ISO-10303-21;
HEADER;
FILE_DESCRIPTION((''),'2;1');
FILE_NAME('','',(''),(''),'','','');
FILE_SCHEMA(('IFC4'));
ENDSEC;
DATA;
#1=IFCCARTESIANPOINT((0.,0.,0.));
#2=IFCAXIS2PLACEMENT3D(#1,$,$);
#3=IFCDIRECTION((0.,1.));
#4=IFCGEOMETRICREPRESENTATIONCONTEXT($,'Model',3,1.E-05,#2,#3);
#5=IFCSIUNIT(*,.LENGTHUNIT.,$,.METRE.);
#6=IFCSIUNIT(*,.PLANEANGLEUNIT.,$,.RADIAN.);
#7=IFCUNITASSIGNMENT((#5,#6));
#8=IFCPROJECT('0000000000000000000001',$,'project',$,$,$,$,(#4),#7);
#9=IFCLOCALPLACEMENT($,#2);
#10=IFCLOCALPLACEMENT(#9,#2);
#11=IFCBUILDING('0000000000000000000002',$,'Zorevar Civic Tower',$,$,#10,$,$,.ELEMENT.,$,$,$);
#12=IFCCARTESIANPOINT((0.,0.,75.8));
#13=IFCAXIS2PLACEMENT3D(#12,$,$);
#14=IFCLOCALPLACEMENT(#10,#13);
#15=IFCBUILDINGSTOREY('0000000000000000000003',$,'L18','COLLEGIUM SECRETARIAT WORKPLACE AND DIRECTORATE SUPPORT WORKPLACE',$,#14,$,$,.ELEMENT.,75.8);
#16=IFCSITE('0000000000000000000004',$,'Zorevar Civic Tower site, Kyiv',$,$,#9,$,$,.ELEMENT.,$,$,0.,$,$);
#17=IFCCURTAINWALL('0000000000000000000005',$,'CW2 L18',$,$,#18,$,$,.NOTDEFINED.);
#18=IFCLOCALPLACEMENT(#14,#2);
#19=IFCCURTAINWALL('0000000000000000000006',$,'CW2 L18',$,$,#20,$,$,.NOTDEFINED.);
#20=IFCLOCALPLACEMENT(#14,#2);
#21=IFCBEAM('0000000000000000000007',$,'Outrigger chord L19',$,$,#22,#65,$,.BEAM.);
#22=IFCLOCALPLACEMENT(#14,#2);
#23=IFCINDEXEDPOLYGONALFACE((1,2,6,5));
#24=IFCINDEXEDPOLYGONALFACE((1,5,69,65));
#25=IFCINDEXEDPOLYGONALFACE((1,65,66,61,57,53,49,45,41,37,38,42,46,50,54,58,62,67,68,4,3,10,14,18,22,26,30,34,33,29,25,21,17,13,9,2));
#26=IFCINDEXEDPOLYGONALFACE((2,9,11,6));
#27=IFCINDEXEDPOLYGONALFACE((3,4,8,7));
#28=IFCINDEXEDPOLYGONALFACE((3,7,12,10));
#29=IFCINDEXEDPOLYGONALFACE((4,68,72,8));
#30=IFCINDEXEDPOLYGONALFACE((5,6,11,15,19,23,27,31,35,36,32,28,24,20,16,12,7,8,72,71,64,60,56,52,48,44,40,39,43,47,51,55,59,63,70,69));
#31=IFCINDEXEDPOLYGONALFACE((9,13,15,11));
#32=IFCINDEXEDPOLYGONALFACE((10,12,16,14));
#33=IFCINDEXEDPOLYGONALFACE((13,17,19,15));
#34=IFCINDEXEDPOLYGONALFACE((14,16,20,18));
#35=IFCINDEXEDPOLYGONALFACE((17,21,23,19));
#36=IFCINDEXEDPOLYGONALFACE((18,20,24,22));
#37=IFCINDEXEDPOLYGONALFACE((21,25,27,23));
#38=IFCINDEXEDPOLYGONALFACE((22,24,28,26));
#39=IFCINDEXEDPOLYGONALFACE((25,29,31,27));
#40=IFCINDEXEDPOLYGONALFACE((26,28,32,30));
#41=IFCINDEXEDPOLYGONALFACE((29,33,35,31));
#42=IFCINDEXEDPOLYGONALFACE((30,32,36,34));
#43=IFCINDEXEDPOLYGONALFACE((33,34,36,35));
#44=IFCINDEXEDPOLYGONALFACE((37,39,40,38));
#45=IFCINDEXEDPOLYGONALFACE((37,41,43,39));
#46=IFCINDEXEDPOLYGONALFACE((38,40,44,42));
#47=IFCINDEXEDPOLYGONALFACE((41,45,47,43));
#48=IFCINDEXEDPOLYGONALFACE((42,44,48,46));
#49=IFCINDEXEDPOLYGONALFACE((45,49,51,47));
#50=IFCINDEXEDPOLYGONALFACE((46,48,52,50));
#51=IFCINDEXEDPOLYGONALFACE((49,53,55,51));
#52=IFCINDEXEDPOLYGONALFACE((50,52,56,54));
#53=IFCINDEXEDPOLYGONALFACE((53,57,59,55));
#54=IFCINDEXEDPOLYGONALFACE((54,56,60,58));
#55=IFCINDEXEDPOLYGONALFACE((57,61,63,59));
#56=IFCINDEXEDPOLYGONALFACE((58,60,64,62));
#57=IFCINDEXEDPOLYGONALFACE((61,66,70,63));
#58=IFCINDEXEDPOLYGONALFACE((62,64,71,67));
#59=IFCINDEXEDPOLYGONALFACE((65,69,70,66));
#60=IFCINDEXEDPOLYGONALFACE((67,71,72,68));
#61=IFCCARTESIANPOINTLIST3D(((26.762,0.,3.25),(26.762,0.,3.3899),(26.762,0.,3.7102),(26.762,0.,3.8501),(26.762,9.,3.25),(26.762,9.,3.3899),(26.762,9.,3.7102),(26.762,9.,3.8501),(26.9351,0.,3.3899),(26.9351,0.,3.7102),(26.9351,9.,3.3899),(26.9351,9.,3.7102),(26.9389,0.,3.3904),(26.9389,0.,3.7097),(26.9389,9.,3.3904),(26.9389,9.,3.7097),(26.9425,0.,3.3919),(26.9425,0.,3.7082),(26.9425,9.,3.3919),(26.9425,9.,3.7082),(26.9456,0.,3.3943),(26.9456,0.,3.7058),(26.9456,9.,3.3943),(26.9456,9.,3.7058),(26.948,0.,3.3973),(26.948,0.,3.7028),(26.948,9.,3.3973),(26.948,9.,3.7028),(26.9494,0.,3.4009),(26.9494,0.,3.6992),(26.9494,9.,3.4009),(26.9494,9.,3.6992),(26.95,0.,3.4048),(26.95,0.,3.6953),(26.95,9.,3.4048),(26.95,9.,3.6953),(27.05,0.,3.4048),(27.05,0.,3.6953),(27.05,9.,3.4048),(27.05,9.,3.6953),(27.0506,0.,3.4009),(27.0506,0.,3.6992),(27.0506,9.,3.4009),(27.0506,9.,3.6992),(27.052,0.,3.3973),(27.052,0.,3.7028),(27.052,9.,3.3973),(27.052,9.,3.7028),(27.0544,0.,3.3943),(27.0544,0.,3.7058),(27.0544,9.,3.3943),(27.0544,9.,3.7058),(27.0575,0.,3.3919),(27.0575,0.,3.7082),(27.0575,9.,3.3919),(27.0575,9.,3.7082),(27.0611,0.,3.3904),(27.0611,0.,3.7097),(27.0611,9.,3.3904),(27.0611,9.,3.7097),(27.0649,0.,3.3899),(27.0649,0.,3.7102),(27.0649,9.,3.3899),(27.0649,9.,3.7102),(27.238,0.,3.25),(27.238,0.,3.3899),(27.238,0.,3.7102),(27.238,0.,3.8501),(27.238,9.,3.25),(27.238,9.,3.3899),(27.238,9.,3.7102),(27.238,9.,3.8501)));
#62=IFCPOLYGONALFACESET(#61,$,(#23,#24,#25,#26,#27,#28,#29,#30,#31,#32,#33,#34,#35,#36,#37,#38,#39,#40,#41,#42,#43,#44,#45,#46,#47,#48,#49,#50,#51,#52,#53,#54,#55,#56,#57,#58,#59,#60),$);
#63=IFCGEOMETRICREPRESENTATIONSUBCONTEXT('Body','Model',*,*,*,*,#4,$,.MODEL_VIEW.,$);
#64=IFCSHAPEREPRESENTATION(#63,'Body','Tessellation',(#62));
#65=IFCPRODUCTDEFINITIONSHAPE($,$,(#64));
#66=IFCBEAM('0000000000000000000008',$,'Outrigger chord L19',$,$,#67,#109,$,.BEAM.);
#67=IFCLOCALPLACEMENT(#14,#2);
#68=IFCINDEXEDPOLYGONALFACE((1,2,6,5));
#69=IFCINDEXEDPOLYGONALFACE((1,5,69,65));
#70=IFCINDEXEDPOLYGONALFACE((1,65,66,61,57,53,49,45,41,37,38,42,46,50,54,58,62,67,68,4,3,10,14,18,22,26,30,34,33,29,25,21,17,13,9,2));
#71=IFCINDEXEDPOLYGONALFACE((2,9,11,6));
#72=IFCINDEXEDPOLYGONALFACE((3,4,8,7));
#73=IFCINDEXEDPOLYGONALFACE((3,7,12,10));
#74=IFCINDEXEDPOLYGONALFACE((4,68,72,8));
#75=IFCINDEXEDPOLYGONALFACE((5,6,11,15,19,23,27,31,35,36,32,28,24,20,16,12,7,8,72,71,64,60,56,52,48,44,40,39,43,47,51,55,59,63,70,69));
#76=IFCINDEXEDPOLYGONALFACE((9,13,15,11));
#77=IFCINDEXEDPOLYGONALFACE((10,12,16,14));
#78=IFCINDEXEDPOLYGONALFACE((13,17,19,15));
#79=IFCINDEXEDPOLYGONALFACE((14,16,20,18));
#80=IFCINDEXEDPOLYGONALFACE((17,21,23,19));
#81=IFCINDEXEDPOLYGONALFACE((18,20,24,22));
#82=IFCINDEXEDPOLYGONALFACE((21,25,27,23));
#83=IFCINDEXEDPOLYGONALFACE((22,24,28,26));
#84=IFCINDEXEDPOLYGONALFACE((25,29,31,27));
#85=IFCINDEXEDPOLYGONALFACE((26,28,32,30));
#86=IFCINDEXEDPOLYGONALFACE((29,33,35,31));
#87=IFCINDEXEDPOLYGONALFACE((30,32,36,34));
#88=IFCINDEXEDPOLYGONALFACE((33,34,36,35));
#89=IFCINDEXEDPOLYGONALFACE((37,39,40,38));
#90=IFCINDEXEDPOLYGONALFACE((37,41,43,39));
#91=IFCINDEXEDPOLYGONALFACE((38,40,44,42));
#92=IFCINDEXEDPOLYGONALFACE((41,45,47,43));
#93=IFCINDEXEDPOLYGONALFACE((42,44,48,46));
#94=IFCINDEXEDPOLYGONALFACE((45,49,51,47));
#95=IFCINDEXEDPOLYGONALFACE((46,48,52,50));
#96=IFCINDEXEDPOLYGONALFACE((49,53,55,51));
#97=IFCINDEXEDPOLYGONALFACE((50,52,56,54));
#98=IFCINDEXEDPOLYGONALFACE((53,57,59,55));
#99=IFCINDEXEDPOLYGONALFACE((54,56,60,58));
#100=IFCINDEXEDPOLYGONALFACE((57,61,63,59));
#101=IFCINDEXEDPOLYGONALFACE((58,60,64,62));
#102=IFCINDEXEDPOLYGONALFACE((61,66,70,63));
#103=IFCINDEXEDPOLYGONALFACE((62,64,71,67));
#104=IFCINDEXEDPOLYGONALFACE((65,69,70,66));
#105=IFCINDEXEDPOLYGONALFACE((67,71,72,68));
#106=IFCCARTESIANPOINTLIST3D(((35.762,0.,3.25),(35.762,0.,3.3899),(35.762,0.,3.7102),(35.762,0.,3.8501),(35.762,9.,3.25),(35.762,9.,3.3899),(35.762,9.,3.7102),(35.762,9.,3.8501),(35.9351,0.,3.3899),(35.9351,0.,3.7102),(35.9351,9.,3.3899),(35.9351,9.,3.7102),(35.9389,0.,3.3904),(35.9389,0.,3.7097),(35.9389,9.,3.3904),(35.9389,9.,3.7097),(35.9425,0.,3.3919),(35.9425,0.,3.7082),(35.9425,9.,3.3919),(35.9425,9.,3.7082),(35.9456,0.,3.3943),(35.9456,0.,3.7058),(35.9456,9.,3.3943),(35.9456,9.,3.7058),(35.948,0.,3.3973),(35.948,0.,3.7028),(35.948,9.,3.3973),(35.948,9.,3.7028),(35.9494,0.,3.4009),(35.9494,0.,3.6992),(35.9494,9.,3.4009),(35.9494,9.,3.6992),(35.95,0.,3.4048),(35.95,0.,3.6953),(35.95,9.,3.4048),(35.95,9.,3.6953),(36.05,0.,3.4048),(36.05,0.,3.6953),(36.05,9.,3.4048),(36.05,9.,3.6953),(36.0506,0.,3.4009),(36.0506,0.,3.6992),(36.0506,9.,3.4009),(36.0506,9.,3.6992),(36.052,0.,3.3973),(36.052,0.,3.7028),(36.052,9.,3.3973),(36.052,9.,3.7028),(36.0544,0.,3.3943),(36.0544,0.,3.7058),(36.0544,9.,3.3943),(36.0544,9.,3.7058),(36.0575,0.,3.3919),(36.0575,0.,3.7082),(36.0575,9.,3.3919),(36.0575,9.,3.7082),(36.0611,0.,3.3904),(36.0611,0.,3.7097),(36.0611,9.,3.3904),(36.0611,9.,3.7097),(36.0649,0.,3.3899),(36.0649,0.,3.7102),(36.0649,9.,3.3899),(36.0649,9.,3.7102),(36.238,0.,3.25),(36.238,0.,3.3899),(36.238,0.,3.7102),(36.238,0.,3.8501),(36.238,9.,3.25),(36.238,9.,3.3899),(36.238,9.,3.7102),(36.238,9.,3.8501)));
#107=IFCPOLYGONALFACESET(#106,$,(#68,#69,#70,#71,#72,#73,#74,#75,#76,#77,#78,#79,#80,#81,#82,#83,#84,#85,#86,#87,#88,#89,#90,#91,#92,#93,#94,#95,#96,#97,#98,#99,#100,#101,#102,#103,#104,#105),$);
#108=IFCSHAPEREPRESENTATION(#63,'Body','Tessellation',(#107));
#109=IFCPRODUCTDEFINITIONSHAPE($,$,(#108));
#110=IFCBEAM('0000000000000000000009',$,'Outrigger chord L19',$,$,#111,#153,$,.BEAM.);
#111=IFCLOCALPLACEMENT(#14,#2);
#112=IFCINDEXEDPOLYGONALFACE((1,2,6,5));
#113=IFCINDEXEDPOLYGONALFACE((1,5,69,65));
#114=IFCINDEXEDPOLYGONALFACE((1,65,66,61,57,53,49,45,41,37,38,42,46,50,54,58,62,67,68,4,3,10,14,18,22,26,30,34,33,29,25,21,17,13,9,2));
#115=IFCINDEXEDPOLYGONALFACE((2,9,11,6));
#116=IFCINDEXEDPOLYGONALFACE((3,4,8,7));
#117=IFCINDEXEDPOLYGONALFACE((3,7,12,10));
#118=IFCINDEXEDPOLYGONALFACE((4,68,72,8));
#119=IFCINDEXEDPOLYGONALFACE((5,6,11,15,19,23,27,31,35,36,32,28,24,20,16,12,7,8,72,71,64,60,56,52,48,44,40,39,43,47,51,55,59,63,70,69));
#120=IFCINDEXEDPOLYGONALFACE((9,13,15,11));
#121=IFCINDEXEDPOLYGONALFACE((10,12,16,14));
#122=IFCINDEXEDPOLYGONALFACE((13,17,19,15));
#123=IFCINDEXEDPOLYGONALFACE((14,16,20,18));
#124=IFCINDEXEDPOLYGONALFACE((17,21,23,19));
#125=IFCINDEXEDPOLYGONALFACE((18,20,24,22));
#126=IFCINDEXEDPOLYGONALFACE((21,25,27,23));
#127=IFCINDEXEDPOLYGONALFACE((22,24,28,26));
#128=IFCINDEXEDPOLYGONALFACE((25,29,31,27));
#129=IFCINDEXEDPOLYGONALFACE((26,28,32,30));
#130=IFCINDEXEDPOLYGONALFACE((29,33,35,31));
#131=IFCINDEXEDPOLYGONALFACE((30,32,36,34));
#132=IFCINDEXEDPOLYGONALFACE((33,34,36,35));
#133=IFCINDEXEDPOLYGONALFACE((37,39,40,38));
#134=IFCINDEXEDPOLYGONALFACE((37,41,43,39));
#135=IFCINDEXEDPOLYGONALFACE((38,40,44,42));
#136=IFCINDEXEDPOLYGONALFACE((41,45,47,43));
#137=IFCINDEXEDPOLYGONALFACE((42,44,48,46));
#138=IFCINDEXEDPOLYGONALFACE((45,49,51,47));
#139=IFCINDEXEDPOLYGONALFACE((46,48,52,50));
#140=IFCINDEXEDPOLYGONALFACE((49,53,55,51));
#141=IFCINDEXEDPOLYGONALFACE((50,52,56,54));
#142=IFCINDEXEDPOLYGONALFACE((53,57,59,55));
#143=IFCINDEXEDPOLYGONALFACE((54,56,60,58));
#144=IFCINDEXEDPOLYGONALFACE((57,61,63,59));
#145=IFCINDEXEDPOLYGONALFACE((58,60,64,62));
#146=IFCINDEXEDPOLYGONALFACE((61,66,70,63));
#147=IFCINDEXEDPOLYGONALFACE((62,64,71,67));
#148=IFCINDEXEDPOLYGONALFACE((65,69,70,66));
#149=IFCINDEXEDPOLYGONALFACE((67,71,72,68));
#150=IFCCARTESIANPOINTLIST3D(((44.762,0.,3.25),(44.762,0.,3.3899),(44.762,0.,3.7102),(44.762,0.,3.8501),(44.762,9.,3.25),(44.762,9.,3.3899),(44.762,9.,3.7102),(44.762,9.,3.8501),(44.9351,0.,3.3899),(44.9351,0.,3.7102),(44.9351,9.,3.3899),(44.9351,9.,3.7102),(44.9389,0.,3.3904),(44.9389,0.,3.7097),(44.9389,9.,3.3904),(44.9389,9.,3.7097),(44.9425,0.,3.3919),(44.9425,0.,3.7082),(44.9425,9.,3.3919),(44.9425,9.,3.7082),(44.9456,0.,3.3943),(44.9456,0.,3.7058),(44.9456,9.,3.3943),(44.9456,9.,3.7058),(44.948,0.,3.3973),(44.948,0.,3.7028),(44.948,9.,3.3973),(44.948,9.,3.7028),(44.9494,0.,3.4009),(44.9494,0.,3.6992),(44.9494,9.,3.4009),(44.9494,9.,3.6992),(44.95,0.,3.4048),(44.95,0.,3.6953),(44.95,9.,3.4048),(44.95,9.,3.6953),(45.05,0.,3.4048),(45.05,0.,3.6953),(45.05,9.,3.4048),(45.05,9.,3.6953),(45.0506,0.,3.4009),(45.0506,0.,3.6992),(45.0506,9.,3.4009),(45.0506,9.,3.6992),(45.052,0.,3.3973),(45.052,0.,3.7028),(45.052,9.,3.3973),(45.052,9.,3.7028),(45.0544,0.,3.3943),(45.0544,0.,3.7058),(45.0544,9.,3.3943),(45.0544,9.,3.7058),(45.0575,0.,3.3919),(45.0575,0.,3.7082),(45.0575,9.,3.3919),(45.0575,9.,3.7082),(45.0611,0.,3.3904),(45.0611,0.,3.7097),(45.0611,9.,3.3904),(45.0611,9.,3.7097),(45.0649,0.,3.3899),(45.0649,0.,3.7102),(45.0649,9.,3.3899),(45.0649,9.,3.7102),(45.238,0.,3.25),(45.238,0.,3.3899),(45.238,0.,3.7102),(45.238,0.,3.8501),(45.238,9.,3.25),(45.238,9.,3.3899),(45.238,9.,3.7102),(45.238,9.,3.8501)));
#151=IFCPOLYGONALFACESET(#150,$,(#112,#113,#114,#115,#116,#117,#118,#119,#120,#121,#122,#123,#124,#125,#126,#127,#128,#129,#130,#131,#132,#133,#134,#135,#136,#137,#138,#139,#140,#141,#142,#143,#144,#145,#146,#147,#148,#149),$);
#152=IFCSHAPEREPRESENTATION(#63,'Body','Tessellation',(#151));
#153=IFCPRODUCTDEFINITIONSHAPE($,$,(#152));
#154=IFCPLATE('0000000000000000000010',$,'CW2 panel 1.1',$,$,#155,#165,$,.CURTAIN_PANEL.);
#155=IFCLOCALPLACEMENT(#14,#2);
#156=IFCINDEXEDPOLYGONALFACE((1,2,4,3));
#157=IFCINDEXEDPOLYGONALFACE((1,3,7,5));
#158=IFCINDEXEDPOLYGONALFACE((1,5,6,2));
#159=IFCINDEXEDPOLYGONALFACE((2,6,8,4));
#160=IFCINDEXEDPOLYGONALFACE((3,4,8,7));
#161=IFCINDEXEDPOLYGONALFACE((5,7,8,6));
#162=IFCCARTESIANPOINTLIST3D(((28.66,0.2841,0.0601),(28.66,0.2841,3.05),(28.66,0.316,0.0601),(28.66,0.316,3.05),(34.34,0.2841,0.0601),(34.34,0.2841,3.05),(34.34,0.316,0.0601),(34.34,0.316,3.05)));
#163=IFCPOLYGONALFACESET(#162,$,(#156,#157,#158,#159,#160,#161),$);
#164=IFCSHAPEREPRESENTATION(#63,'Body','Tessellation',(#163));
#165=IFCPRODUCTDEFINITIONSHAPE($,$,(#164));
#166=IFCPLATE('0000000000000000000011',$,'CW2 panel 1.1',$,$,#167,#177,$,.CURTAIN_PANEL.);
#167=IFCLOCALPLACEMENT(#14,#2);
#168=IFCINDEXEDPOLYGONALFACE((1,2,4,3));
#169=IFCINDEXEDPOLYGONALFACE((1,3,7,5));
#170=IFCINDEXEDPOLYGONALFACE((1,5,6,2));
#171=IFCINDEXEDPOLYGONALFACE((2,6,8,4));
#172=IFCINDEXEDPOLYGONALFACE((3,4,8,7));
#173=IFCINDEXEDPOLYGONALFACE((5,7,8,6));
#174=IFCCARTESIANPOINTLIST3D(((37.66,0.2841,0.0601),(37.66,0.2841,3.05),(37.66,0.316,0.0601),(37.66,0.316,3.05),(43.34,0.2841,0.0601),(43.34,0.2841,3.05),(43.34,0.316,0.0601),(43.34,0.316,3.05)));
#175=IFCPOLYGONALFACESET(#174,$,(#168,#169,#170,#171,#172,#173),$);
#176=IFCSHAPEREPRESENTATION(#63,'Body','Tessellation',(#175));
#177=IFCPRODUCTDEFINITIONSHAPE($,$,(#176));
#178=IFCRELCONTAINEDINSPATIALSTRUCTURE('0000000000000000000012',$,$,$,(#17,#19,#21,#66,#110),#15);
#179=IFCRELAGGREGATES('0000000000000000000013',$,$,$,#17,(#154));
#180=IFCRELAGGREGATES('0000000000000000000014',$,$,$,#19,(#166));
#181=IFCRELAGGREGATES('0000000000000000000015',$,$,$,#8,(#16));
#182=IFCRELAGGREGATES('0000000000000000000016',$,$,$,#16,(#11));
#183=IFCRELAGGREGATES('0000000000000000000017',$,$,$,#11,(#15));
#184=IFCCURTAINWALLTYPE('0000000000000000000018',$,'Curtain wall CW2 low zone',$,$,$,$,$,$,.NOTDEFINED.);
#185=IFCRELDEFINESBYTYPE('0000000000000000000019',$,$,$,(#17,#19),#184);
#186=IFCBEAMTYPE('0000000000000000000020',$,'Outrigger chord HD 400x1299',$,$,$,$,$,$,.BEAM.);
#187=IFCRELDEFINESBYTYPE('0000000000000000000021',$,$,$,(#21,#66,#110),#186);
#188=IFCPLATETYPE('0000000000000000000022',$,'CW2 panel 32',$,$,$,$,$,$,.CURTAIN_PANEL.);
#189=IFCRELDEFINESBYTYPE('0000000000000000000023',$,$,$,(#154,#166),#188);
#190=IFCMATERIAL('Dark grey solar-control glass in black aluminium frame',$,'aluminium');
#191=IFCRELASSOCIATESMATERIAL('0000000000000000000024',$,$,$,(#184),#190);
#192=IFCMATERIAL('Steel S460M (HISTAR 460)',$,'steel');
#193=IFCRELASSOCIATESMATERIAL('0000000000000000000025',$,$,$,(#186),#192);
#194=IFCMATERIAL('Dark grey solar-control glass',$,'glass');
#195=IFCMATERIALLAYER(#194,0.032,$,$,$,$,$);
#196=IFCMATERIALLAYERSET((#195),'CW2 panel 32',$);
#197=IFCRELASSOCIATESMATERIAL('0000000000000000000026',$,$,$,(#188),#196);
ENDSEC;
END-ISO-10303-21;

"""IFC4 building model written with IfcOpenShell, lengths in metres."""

from ifc_helpers import new_model, si_unit, direction, frame, origin, origin_2d, place, context, subcontext, project, spatial, rectangle, i_section, extrude, material, layer, layer_set, material_profile, profile_set, type_object, element, aggregate, save


model = new_model("IFC4")

# Units and contexts
model_context = context("Model", 3, precision=1e-05, world=origin(), true_north=direction((0.0, 1.0)))
body_context = subcontext(model_context, "Body", "Model", "MODEL_VIEW")
ifc_project = project(units=[si_unit("LENGTHUNIT", "METRE"), si_unit("PLANEANGLEUNIT", "RADIAN")], contexts=[model_context])

# Site, building, storey
site_placement = place(None, origin())
site = spatial("IfcSite", under=ifc_project, at=site_placement, Name="Zorevar Civic Tower site, Kyiv", CompositionType="ELEMENT", RefElevation=0.0)
building_placement = place(site_placement, origin())
building = spatial("IfcBuilding", under=site, at=building_placement, Name="Zorevar Civic Tower", CompositionType="ELEMENT")
storey_placement = place(building_placement, frame((0.0, 0.0, 75.8)))
storey = spatial("IfcBuildingStorey", under=building, at=storey_placement, Name="L18", Description="COLLEGIUM SECRETARIAT WORKPLACE AND DIRECTORATE SUPPORT WORKPLACE", CompositionType="ELEMENT", Elevation=75.8)

# Curtain walls
ifc_material_1 = material(Name="Dark grey solar-control glass in black aluminium frame", Category="aluminium")
curtain_wall_type = type_object("IfcCurtainWallType", Name="Curtain wall CW2 low zone", PredefinedType="NOTDEFINED", material=ifc_material_1)
curtain_wall_1_placement = place(storey_placement, origin())
curtain_wall_1 = element("IfcCurtainWall", 1, at=curtain_wall_1_placement, inside=storey, type_object=curtain_wall_type, Name="CW2 L18", PredefinedType="NOTDEFINED")
curtain_wall_2_placement = place(storey_placement, origin())
curtain_wall_2 = element("IfcCurtainWall", 2, at=curtain_wall_2_placement, inside=storey, type_object=curtain_wall_type, Name="CW2 L18", PredefinedType="NOTDEFINED")

# Beams
ifc_material_2 = material(Name="Steel S460M (HISTAR 460)", Category="steel")
ifc_material_profile_1 = material_profile(ifc_material_2, i_section(OverallWidth=0.4761, OverallDepth=0.6001, WebThickness=0.1001, FlangeThickness=0.1399, FilletRadius=0.0149, at=origin_2d()), Name="HD 400x1299")
ifc_profile_set_1 = profile_set([ifc_material_profile_1], Name="Steel S460M (HISTAR 460)")
beam_type_1 = type_object("IfcBeamType", Name="Outrigger chord HD 400x1299", PredefinedType="BEAM", material=ifc_profile_set_1)
for number, where, z_axis, x_axis, name in (
    (3, (27.0, 0.0, 3.55), (0.0, 1.0, 0.0), (-1.0, 0.0, 0.0), "Outrigger chord L19"),
    (4, (36.0, 0.0, 3.55), (0.0, 1.0, 0.0), (-1.0, 0.0, 0.0), "Outrigger chord L19"),
    (5, (45.0, 0.0, 3.55), (0.0, 1.0, 0.0), (-1.0, 0.0, 0.0), "Outrigger chord L19"),
):
    element("IfcBeam", number, at=place(storey_placement, frame(where, z_axis=z_axis, x_axis=x_axis)), inside=storey, type_object=beam_type_1, Name=name, PredefinedType="BEAM", context=body_context, shape_type="SweptSolid", body=[
        extrude(i_section(OverallWidth=0.4761, OverallDepth=0.6001, WebThickness=0.1001, FlangeThickness=0.1399, FilletRadius=0.0149, at=origin_2d()), origin(), (0.0, 0.0, 1.0), 9.0),
    ])

# Plates
ifc_material_3 = material(Name="Dark grey solar-control glass", Category="glass")
ifc_layer_1 = layer(ifc_material_3, 0.032)
ifc_layer_set_1 = layer_set([ifc_layer_1], Name="CW2 panel 32")
plate_type = type_object("IfcPlateType", Name="CW2 panel 32", PredefinedType="CURTAIN_PANEL", material=ifc_layer_set_1)
plate_1_placement = place(storey_placement, frame((31.5, 0.3, 0.0601), z_axis=(0.0, 0.0, 1.0), x_axis=(1.0, 0.0, 0.0)))
plate_1 = element("IfcPlate", 6, at=plate_1_placement, type_object=plate_type, Name="CW2 panel 1.1", PredefinedType="CURTAIN_PANEL", context=body_context, shape_type="SweptSolid", body=[
    extrude(rectangle(XDim=5.6799, YDim=0.032, at=origin_2d()), origin(), (0.0, 0.0, 1.0), 2.99),
])
aggregate(curtain_wall_1, [plate_1])
plate_2_placement = place(storey_placement, frame((40.5, 0.3, 0.0601), z_axis=(0.0, 0.0, 1.0), x_axis=(1.0, 0.0, 0.0)))
plate_2 = element("IfcPlate", 7, at=plate_2_placement, type_object=plate_type, Name="CW2 panel 1.1", PredefinedType="CURTAIN_PANEL", context=body_context, shape_type="SweptSolid", body=[
    extrude(rectangle(XDim=5.6799, YDim=0.032, at=origin_2d()), origin(), (0.0, 0.0, 1.0), 2.99),
])
aggregate(curtain_wall_2, [plate_2])

save(model, "model.ifc")
